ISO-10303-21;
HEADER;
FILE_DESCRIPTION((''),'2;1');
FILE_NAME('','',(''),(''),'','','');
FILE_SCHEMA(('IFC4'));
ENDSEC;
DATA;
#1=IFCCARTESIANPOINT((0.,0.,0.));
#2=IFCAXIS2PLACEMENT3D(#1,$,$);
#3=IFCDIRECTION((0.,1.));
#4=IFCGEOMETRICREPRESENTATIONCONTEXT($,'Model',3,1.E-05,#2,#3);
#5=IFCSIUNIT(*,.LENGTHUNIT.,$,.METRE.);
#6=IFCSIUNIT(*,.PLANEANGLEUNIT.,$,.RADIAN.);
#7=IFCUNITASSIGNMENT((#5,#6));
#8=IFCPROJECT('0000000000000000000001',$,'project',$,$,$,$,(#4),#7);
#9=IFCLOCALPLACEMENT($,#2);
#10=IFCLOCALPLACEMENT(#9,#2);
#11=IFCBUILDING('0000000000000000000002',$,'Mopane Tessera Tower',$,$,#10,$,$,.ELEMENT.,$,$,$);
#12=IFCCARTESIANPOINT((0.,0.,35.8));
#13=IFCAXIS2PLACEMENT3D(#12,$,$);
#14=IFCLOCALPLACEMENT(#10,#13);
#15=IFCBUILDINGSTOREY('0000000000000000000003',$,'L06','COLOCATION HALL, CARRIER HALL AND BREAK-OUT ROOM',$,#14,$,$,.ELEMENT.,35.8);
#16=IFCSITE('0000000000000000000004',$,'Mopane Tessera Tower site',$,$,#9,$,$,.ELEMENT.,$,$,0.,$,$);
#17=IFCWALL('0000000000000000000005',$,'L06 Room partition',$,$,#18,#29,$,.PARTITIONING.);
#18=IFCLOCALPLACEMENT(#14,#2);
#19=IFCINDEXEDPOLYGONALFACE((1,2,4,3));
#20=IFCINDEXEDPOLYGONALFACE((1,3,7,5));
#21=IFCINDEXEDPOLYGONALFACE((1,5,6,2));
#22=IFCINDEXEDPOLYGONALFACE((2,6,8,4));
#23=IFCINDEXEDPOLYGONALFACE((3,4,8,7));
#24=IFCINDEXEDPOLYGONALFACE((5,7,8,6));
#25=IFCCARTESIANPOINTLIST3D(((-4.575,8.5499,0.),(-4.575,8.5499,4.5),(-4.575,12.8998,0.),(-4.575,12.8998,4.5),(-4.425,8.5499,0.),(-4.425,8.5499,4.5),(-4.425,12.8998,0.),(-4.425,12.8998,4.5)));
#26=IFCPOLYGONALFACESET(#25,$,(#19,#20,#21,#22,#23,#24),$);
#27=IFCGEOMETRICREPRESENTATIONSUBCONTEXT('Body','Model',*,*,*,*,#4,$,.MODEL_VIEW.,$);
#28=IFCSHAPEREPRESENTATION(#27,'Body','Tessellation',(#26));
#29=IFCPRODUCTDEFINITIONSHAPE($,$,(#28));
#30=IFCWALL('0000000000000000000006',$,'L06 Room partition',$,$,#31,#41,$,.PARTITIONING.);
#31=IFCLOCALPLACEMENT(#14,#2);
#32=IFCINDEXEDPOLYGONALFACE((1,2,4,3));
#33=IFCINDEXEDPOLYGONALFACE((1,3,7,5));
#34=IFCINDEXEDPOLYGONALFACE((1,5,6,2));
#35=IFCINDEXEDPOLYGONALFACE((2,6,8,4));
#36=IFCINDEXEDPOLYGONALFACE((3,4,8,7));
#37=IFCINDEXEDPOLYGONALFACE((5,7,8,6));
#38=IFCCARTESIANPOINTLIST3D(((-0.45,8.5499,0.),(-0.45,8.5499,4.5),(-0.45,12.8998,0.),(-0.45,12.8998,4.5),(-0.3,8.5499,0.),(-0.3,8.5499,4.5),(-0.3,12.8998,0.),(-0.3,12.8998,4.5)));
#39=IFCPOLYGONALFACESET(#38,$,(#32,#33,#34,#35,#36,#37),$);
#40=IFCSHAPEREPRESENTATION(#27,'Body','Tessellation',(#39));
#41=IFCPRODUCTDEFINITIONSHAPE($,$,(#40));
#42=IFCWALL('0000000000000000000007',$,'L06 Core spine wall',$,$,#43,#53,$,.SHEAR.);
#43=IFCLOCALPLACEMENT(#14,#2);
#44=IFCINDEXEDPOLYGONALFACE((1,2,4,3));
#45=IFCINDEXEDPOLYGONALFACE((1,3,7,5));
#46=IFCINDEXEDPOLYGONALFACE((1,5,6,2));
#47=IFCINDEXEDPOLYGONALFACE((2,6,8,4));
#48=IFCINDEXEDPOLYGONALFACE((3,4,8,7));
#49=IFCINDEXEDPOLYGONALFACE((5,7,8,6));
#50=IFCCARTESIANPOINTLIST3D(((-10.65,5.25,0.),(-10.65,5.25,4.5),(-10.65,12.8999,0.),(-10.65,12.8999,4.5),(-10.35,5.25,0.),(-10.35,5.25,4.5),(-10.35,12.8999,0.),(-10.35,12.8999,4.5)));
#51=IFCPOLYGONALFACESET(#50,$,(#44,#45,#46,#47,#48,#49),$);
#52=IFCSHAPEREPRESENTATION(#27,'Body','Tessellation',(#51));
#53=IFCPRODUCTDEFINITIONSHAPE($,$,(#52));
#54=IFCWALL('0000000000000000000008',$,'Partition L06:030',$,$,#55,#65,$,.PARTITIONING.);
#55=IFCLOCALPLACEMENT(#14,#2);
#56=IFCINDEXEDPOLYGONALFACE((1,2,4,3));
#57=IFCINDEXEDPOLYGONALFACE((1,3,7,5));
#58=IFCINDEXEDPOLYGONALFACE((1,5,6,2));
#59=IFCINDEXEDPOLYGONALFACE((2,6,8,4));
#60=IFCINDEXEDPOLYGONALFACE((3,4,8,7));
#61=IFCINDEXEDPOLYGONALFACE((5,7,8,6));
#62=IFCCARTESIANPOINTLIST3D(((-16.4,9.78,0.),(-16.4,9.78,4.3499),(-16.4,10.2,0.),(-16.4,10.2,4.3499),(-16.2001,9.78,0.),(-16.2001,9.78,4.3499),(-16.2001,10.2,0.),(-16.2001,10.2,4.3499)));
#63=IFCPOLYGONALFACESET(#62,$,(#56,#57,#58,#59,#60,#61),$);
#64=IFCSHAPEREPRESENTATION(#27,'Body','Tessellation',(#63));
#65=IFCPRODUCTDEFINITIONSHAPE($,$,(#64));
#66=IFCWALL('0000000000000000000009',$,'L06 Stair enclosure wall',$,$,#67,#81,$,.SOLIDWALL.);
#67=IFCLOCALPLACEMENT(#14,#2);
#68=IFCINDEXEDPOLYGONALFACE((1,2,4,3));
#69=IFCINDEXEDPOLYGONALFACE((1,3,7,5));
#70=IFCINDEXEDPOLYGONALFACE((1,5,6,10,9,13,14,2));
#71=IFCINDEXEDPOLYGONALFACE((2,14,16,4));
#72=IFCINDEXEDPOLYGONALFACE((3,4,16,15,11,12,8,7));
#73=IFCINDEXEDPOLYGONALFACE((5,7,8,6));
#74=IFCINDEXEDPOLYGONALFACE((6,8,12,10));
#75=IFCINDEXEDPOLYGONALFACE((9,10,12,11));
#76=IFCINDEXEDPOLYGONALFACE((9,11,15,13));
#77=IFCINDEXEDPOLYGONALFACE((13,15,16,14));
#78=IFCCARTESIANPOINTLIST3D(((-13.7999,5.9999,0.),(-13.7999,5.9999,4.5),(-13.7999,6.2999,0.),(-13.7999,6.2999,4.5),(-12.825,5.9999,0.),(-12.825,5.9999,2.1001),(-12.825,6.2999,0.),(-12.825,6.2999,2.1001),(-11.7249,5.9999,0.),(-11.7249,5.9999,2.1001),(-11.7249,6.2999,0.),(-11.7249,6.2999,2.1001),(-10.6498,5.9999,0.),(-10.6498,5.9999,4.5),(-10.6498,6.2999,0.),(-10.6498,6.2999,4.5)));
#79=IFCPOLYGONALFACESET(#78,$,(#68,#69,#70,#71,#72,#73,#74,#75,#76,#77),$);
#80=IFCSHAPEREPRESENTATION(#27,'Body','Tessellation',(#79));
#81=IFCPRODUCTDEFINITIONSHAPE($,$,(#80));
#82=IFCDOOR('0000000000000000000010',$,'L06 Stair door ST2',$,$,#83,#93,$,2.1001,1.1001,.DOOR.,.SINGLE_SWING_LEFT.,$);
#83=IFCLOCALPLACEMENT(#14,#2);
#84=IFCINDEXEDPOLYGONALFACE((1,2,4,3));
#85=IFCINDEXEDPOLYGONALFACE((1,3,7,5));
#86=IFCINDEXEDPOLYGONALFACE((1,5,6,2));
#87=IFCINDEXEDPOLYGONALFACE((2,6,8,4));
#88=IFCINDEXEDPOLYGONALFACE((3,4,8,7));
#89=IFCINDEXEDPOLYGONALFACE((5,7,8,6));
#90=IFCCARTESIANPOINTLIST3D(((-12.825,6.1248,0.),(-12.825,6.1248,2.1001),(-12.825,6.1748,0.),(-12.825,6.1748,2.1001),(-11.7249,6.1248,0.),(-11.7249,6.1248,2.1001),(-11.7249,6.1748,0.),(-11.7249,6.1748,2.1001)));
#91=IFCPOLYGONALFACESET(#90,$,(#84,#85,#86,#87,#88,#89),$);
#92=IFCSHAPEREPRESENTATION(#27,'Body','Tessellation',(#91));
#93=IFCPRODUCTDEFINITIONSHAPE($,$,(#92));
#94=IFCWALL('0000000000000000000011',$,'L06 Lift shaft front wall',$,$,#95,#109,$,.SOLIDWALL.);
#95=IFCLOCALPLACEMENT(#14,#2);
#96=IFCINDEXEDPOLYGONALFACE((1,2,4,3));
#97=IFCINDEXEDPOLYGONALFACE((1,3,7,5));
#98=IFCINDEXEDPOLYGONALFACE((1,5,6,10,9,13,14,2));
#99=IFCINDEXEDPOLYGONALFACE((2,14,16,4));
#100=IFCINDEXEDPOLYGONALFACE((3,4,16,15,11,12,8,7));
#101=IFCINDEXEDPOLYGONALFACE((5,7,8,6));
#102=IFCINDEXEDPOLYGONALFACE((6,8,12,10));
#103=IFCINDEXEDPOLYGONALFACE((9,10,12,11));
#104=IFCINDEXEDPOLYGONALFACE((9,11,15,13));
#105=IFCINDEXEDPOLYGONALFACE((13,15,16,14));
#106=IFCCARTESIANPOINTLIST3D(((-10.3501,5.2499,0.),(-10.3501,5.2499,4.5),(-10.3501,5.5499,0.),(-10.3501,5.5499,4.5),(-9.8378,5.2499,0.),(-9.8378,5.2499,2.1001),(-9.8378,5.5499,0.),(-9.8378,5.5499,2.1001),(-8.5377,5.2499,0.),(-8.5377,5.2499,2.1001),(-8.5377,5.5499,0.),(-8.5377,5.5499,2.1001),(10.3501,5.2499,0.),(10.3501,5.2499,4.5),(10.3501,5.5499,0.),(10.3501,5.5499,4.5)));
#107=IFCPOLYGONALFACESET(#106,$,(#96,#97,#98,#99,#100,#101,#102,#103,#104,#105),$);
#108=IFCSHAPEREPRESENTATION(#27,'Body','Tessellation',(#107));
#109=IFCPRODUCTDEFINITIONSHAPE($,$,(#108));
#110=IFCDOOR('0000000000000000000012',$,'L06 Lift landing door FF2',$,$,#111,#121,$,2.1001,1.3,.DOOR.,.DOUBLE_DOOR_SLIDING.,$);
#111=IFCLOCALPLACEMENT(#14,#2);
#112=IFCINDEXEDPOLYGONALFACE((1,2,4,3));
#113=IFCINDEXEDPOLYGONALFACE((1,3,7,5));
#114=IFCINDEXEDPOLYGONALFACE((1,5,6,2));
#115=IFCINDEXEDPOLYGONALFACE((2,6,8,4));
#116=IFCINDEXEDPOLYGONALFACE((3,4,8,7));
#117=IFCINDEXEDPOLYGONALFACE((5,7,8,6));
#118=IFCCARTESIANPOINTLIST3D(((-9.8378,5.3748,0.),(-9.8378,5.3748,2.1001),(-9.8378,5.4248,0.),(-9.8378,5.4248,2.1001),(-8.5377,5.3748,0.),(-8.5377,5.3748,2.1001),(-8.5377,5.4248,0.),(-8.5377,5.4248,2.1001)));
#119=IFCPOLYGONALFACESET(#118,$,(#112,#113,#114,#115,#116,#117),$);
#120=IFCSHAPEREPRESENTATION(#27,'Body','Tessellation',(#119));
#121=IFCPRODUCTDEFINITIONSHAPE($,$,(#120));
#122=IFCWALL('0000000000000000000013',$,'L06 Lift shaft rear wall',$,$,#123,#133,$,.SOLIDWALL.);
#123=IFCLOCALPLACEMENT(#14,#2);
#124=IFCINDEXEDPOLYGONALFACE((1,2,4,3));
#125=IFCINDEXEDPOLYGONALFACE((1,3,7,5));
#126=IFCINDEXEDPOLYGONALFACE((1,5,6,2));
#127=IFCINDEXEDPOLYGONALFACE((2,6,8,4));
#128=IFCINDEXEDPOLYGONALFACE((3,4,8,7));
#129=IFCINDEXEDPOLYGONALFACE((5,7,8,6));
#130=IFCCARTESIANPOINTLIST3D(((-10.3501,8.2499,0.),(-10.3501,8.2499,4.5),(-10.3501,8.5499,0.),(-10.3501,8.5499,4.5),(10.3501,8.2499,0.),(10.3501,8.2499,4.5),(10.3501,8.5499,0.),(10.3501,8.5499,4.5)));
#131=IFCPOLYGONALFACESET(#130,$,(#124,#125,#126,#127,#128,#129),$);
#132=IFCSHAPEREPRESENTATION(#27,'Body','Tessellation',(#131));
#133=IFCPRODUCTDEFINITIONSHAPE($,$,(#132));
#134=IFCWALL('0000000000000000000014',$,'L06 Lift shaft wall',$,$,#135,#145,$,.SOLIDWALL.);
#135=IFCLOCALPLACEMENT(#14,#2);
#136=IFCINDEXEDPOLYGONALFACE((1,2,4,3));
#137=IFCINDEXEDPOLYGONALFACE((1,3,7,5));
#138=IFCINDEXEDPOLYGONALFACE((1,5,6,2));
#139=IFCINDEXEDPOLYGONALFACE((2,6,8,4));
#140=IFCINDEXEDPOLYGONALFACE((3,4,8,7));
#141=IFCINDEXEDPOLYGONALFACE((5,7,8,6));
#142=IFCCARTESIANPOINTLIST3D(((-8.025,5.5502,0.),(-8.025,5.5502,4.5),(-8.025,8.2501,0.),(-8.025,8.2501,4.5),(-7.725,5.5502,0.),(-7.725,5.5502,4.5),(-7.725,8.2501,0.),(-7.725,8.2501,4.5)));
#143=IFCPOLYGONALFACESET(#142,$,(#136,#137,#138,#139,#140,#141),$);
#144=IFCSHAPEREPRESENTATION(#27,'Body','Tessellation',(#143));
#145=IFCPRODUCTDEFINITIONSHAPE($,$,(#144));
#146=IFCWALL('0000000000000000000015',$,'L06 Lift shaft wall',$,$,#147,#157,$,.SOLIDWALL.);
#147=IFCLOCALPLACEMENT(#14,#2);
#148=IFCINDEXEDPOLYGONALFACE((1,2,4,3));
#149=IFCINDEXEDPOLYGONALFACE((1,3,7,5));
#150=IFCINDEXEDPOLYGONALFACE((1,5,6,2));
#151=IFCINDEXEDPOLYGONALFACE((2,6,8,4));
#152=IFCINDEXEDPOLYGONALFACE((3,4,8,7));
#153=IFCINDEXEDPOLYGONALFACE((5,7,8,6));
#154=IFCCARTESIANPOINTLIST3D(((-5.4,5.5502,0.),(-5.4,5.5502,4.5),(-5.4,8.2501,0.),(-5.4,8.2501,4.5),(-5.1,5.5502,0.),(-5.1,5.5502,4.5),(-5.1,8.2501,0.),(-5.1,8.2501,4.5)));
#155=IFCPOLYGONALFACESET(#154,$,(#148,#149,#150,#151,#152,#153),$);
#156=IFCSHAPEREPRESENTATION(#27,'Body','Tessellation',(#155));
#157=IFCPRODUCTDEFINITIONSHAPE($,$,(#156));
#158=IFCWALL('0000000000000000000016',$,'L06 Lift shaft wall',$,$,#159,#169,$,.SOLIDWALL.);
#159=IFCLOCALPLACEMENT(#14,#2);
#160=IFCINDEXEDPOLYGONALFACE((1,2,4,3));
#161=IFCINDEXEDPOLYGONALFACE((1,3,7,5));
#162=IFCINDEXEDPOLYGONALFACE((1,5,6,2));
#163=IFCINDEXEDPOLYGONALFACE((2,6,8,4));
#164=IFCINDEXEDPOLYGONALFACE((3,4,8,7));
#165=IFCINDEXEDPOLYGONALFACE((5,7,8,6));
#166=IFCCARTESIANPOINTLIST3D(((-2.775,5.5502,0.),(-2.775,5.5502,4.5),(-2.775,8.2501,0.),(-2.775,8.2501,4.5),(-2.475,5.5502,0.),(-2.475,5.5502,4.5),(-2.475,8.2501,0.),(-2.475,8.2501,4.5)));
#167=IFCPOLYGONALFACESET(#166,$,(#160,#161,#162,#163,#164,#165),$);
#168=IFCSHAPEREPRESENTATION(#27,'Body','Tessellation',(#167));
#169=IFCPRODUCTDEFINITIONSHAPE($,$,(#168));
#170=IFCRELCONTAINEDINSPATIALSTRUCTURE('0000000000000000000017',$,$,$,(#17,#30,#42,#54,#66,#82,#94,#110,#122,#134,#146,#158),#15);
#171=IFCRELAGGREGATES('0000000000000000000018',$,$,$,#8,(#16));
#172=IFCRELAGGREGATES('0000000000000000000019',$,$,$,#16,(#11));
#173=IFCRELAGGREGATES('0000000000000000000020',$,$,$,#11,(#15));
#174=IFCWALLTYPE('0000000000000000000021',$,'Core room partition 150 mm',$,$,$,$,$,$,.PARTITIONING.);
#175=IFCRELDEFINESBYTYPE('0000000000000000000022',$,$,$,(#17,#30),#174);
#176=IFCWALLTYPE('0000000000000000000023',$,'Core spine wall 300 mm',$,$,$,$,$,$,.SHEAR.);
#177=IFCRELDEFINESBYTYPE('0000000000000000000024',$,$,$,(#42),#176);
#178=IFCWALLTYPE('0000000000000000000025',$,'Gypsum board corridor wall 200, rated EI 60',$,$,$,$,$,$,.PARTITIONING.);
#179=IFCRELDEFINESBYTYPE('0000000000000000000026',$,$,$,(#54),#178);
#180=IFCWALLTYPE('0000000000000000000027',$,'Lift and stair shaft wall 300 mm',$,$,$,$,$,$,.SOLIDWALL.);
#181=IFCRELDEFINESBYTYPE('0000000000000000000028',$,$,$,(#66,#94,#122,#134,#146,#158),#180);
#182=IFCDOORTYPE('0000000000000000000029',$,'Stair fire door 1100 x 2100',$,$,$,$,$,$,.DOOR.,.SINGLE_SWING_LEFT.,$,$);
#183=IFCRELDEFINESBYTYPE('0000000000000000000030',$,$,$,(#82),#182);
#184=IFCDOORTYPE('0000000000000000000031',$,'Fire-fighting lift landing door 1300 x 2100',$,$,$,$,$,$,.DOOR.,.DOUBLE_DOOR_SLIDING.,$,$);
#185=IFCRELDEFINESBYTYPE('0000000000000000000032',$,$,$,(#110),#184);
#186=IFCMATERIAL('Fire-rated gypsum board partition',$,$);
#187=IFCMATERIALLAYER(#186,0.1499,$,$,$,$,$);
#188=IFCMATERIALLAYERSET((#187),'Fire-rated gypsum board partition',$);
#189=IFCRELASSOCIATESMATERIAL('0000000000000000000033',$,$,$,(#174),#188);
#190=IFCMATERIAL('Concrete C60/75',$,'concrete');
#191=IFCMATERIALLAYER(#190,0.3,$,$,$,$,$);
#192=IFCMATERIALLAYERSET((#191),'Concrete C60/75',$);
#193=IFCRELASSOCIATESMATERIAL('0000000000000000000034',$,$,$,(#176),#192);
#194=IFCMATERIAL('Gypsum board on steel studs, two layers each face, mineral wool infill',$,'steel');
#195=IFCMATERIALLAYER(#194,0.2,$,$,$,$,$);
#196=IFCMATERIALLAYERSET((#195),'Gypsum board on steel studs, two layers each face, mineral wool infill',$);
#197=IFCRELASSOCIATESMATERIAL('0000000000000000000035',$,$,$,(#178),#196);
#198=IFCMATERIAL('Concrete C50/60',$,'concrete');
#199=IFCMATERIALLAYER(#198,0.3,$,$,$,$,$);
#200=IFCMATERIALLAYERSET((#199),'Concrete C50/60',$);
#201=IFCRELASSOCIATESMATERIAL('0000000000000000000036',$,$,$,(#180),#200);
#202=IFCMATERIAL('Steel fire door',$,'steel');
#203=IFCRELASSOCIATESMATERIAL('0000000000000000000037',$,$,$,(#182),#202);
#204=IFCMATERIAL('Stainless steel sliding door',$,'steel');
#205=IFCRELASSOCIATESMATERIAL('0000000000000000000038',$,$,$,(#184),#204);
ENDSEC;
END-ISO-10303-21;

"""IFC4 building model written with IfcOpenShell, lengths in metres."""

from ifc_helpers import new_model, si_unit, direction, frame, frame_2d, origin, place, context, subcontext, project, spatial, rectangle, extrude, material, layer, layer_set, type_object, element, fill, save


model = new_model("IFC4")

# Units and contexts
model_context = context("Model", 3, precision=1e-05, world=origin(), true_north=direction((0.0, 1.0)))
body_context = subcontext(model_context, "Body", "Model", "MODEL_VIEW")
ifc_project = project(units=[si_unit("LENGTHUNIT", "METRE"), si_unit("PLANEANGLEUNIT", "RADIAN")], contexts=[model_context])

# Site, building, storey
site_placement = place(None, origin())
site = spatial("IfcSite", under=ifc_project, at=site_placement, Name="Mopane Tessera Tower site", CompositionType="ELEMENT", RefElevation=0.0)
building_placement = place(site_placement, origin())
building = spatial("IfcBuilding", under=site, at=building_placement, Name="Mopane Tessera Tower", CompositionType="ELEMENT")
storey_placement = place(building_placement, frame((0.0, 0.0, 35.8)))
storey = spatial("IfcBuildingStorey", under=building, at=storey_placement, Name="L06", Description="COLOCATION HALL, CARRIER HALL AND BREAK-OUT ROOM", CompositionType="ELEMENT", Elevation=35.8)

# Walls
ifc_material_1 = material(Name="Fire-rated gypsum board partition")
ifc_layer_1 = layer(ifc_material_1, 0.1499)
ifc_layer_set_1 = layer_set([ifc_layer_1], Name="Fire-rated gypsum board partition")
wall_type_1 = type_object("IfcWallType", Name="Core room partition 150 mm", PredefinedType="PARTITIONING", material=ifc_layer_set_1)
for number, where, z_axis, x_axis, name in (
    (1, (-4.5, 8.55, 0.0), (0.0, 0.0, 1.0), (0.0, 1.0, 0.0), "L06 Room partition"),
    (2, (-0.375, 8.55, 0.0), (0.0, 0.0, 1.0), (0.0, 1.0, 0.0), "L06 Room partition"),
):
    element("IfcWall", number, at=place(storey_placement, frame(where, z_axis=z_axis, x_axis=x_axis)), inside=storey, type_object=wall_type_1, Name=name, PredefinedType="PARTITIONING", context=body_context, shape_type="SweptSolid", body=[
        extrude(rectangle(XDim=4.3499, YDim=0.1499, at=frame_2d((2.1748, 0.0))), origin(), (0.0, 0.0, 1.0), 4.5),
    ])
ifc_material_2 = material(Name="Concrete C60/75", Category="concrete")
ifc_layer_2 = layer(ifc_material_2, 0.3)
ifc_layer_set_2 = layer_set([ifc_layer_2], Name="Concrete C60/75")
wall_type_2 = type_object("IfcWallType", Name="Core spine wall 300 mm", PredefinedType="SHEAR", material=ifc_layer_set_2)
wall_1_placement = place(storey_placement, frame((-10.5, 5.25, 0.0), z_axis=(0.0, 0.0, 1.0), x_axis=(0.0, 1.0, 0.0)))
element("IfcWall", 3, at=wall_1_placement, inside=storey, type_object=wall_type_2, Name="L06 Core spine wall", PredefinedType="SHEAR", context=body_context, shape_type="SweptSolid", body=[
    extrude(rectangle(XDim=7.6499, YDim=0.3, at=frame_2d((3.825, 0.0))), origin(), (0.0, 0.0, 1.0), 4.5),
])
ifc_material_3 = material(Name="Gypsum board on steel studs, two layers each face, mineral wool infill", Category="steel")
ifc_layer_3 = layer(ifc_material_3, 0.2)
ifc_layer_set_3 = layer_set([ifc_layer_3], Name="Gypsum board on steel studs, two layers each face, mineral wool infill")
wall_type_3 = type_object("IfcWallType", Name="Gypsum board corridor wall 200, rated EI 60", PredefinedType="PARTITIONING", material=ifc_layer_set_3)
wall_2_placement = place(storey_placement, frame((-16.3, 9.78, 0.0), z_axis=(0.0, 0.0, 1.0), x_axis=(0.0, 1.0, 0.0)))
element("IfcWall", 4, at=wall_2_placement, inside=storey, type_object=wall_type_3, Name="Partition L06:030", PredefinedType="PARTITIONING", context=body_context, shape_type="SweptSolid", body=[
    extrude(rectangle(XDim=0.4199, YDim=0.2, at=frame_2d((0.21, 0.0))), origin(), (0.0, 0.0, 1.0), 4.3499),
])

# Walls, openings, doors
ifc_material_4 = material(Name="Concrete C50/60", Category="concrete")
ifc_layer_4 = layer(ifc_material_4, 0.3)
ifc_layer_set_4 = layer_set([ifc_layer_4], Name="Concrete C50/60")
wall_type_4 = type_object("IfcWallType", Name="Lift and stair shaft wall 300 mm", PredefinedType="SOLIDWALL", material=ifc_layer_set_4)
wall_3_placement = place(storey_placement, frame((-13.8, 6.1499, 0.0), z_axis=(0.0, 0.0, 1.0), x_axis=(1.0, 0.0, 0.0)))
wall_3 = element("IfcWall", 5, at=wall_3_placement, inside=storey, type_object=wall_type_4, Name="L06 Stair enclosure wall", PredefinedType="SOLIDWALL", context=body_context, shape_type="SweptSolid", body=[
    extrude(rectangle(XDim=3.1501, YDim=0.3, at=frame_2d((1.5752, 0.0))), origin(), (0.0, 0.0, 1.0), 4.5),
])
opening_1_placement = place(wall_3_placement, frame((0.9751, 0.0, 0.0)))
opening_1 = element("IfcOpeningElement", 6, at=opening_1_placement, cuts=wall_3, PredefinedType="OPENING", context=body_context, shape_type="SweptSolid", body=[
    extrude(rectangle(XDim=1.1001, YDim=2.1001, at=frame_2d((0.55, 1.05))), frame((0.0, 0.1621, 0.0), z_axis=(0.0, -1.0, 0.0), x_axis=(1.0, 0.0, 0.0)), (0.0, 0.0, 1.0), 0.324),
])
ifc_material_5 = material(Name="Steel fire door", Category="steel")
door_type_1 = type_object("IfcDoorType", Name="Stair fire door 1100 x 2100", OperationType="SINGLE_SWING_LEFT", PredefinedType="DOOR", material=ifc_material_5)
door_1_placement = place(opening_1_placement, origin())
door_1 = element("IfcDoor", 7, at=door_1_placement, inside=storey, type_object=door_type_1, Name="L06 Stair door ST2", OperationType="SINGLE_SWING_LEFT", OverallHeight=2.1001, OverallWidth=1.1001, PredefinedType="DOOR", context=body_context, shape_type="SweptSolid", body=[
    extrude(rectangle(XDim=1.1001, YDim=2.1001, at=frame_2d((0.55, 1.05))), frame((0.0, 0.0249, 0.0), z_axis=(0.0, -1.0, 0.0), x_axis=(1.0, 0.0, 0.0)), (0.0, 0.0, 1.0), 0.05),
])
fill(opening_1, door_1)
wall_4_placement = place(storey_placement, frame((-10.3501, 5.3999, 0.0), z_axis=(0.0, 0.0, 1.0), x_axis=(1.0, 0.0, 0.0)))
wall_4 = element("IfcWall", 8, at=wall_4_placement, inside=storey, type_object=wall_type_4, Name="L06 Lift shaft front wall", PredefinedType="SOLIDWALL", context=body_context, shape_type="SweptSolid", body=[
    extrude(rectangle(XDim=20.7002, YDim=0.3, at=frame_2d((10.3501, 0.0))), origin(), (0.0, 0.0, 1.0), 4.5),
])
opening_2_placement = place(wall_4_placement, frame((0.5125, 0.0, 0.0)))
opening_2 = element("IfcOpeningElement", 9, at=opening_2_placement, cuts=wall_4, PredefinedType="OPENING", context=body_context, shape_type="SweptSolid", body=[
    extrude(rectangle(XDim=1.3, YDim=2.1001, at=frame_2d((0.6499, 1.05))), frame((0.0, 0.1621, 0.0), z_axis=(0.0, -1.0, 0.0), x_axis=(1.0, 0.0, 0.0)), (0.0, 0.0, 1.0), 0.324),
])
ifc_material_6 = material(Name="Stainless steel sliding door", Category="steel")
door_type_2 = type_object("IfcDoorType", Name="Fire-fighting lift landing door 1300 x 2100", OperationType="DOUBLE_DOOR_SLIDING", PredefinedType="DOOR", material=ifc_material_6)
door_2_placement = place(opening_2_placement, origin())
door_2 = element("IfcDoor", 10, at=door_2_placement, inside=storey, type_object=door_type_2, Name="L06 Lift landing door FF2", OperationType="DOUBLE_DOOR_SLIDING", OverallHeight=2.1001, OverallWidth=1.3, PredefinedType="DOOR", context=body_context, shape_type="SweptSolid", body=[
    extrude(rectangle(XDim=1.3, YDim=2.1001, at=frame_2d((0.6499, 1.05))), frame((0.0, 0.0249, 0.0), z_axis=(0.0, -1.0, 0.0), x_axis=(1.0, 0.0, 0.0)), (0.0, 0.0, 1.0), 0.05),
])
fill(opening_2, door_2)

# Walls
wall_5_placement = place(storey_placement, frame((-10.3501, 8.3999, 0.0), z_axis=(0.0, 0.0, 1.0), x_axis=(1.0, 0.0, 0.0)))
element("IfcWall", 11, at=wall_5_placement, inside=storey, type_object=wall_type_4, Name="L06 Lift shaft rear wall", PredefinedType="SOLIDWALL", context=body_context, shape_type="SweptSolid", body=[
    extrude(rectangle(XDim=20.7002, YDim=0.3, at=frame_2d((10.3501, 0.0))), origin(), (0.0, 0.0, 1.0), 4.5),
])
for number, where, z_axis, x_axis, name in (
    (12, (-7.875, 5.55, 0.0), (0.0, 0.0, 1.0), (0.0, 1.0, 0.0), "L06 Lift shaft wall"),
    (13, (-5.25, 5.55, 0.0), (0.0, 0.0, 1.0), (0.0, 1.0, 0.0), "L06 Lift shaft wall"),
    (14, (-2.625, 5.55, 0.0), (0.0, 0.0, 1.0), (0.0, 1.0, 0.0), "L06 Lift shaft wall"),
):
    element("IfcWall", number, at=place(storey_placement, frame(where, z_axis=z_axis, x_axis=x_axis)), inside=storey, type_object=wall_type_4, Name=name, PredefinedType="SOLIDWALL", context=body_context, shape_type="SweptSolid", body=[
        extrude(rectangle(XDim=2.7, YDim=0.3, at=frame_2d((1.3501, 0.0))), origin(), (0.0, 0.0, 1.0), 4.5),
    ])

save(model, "model.ifc")
